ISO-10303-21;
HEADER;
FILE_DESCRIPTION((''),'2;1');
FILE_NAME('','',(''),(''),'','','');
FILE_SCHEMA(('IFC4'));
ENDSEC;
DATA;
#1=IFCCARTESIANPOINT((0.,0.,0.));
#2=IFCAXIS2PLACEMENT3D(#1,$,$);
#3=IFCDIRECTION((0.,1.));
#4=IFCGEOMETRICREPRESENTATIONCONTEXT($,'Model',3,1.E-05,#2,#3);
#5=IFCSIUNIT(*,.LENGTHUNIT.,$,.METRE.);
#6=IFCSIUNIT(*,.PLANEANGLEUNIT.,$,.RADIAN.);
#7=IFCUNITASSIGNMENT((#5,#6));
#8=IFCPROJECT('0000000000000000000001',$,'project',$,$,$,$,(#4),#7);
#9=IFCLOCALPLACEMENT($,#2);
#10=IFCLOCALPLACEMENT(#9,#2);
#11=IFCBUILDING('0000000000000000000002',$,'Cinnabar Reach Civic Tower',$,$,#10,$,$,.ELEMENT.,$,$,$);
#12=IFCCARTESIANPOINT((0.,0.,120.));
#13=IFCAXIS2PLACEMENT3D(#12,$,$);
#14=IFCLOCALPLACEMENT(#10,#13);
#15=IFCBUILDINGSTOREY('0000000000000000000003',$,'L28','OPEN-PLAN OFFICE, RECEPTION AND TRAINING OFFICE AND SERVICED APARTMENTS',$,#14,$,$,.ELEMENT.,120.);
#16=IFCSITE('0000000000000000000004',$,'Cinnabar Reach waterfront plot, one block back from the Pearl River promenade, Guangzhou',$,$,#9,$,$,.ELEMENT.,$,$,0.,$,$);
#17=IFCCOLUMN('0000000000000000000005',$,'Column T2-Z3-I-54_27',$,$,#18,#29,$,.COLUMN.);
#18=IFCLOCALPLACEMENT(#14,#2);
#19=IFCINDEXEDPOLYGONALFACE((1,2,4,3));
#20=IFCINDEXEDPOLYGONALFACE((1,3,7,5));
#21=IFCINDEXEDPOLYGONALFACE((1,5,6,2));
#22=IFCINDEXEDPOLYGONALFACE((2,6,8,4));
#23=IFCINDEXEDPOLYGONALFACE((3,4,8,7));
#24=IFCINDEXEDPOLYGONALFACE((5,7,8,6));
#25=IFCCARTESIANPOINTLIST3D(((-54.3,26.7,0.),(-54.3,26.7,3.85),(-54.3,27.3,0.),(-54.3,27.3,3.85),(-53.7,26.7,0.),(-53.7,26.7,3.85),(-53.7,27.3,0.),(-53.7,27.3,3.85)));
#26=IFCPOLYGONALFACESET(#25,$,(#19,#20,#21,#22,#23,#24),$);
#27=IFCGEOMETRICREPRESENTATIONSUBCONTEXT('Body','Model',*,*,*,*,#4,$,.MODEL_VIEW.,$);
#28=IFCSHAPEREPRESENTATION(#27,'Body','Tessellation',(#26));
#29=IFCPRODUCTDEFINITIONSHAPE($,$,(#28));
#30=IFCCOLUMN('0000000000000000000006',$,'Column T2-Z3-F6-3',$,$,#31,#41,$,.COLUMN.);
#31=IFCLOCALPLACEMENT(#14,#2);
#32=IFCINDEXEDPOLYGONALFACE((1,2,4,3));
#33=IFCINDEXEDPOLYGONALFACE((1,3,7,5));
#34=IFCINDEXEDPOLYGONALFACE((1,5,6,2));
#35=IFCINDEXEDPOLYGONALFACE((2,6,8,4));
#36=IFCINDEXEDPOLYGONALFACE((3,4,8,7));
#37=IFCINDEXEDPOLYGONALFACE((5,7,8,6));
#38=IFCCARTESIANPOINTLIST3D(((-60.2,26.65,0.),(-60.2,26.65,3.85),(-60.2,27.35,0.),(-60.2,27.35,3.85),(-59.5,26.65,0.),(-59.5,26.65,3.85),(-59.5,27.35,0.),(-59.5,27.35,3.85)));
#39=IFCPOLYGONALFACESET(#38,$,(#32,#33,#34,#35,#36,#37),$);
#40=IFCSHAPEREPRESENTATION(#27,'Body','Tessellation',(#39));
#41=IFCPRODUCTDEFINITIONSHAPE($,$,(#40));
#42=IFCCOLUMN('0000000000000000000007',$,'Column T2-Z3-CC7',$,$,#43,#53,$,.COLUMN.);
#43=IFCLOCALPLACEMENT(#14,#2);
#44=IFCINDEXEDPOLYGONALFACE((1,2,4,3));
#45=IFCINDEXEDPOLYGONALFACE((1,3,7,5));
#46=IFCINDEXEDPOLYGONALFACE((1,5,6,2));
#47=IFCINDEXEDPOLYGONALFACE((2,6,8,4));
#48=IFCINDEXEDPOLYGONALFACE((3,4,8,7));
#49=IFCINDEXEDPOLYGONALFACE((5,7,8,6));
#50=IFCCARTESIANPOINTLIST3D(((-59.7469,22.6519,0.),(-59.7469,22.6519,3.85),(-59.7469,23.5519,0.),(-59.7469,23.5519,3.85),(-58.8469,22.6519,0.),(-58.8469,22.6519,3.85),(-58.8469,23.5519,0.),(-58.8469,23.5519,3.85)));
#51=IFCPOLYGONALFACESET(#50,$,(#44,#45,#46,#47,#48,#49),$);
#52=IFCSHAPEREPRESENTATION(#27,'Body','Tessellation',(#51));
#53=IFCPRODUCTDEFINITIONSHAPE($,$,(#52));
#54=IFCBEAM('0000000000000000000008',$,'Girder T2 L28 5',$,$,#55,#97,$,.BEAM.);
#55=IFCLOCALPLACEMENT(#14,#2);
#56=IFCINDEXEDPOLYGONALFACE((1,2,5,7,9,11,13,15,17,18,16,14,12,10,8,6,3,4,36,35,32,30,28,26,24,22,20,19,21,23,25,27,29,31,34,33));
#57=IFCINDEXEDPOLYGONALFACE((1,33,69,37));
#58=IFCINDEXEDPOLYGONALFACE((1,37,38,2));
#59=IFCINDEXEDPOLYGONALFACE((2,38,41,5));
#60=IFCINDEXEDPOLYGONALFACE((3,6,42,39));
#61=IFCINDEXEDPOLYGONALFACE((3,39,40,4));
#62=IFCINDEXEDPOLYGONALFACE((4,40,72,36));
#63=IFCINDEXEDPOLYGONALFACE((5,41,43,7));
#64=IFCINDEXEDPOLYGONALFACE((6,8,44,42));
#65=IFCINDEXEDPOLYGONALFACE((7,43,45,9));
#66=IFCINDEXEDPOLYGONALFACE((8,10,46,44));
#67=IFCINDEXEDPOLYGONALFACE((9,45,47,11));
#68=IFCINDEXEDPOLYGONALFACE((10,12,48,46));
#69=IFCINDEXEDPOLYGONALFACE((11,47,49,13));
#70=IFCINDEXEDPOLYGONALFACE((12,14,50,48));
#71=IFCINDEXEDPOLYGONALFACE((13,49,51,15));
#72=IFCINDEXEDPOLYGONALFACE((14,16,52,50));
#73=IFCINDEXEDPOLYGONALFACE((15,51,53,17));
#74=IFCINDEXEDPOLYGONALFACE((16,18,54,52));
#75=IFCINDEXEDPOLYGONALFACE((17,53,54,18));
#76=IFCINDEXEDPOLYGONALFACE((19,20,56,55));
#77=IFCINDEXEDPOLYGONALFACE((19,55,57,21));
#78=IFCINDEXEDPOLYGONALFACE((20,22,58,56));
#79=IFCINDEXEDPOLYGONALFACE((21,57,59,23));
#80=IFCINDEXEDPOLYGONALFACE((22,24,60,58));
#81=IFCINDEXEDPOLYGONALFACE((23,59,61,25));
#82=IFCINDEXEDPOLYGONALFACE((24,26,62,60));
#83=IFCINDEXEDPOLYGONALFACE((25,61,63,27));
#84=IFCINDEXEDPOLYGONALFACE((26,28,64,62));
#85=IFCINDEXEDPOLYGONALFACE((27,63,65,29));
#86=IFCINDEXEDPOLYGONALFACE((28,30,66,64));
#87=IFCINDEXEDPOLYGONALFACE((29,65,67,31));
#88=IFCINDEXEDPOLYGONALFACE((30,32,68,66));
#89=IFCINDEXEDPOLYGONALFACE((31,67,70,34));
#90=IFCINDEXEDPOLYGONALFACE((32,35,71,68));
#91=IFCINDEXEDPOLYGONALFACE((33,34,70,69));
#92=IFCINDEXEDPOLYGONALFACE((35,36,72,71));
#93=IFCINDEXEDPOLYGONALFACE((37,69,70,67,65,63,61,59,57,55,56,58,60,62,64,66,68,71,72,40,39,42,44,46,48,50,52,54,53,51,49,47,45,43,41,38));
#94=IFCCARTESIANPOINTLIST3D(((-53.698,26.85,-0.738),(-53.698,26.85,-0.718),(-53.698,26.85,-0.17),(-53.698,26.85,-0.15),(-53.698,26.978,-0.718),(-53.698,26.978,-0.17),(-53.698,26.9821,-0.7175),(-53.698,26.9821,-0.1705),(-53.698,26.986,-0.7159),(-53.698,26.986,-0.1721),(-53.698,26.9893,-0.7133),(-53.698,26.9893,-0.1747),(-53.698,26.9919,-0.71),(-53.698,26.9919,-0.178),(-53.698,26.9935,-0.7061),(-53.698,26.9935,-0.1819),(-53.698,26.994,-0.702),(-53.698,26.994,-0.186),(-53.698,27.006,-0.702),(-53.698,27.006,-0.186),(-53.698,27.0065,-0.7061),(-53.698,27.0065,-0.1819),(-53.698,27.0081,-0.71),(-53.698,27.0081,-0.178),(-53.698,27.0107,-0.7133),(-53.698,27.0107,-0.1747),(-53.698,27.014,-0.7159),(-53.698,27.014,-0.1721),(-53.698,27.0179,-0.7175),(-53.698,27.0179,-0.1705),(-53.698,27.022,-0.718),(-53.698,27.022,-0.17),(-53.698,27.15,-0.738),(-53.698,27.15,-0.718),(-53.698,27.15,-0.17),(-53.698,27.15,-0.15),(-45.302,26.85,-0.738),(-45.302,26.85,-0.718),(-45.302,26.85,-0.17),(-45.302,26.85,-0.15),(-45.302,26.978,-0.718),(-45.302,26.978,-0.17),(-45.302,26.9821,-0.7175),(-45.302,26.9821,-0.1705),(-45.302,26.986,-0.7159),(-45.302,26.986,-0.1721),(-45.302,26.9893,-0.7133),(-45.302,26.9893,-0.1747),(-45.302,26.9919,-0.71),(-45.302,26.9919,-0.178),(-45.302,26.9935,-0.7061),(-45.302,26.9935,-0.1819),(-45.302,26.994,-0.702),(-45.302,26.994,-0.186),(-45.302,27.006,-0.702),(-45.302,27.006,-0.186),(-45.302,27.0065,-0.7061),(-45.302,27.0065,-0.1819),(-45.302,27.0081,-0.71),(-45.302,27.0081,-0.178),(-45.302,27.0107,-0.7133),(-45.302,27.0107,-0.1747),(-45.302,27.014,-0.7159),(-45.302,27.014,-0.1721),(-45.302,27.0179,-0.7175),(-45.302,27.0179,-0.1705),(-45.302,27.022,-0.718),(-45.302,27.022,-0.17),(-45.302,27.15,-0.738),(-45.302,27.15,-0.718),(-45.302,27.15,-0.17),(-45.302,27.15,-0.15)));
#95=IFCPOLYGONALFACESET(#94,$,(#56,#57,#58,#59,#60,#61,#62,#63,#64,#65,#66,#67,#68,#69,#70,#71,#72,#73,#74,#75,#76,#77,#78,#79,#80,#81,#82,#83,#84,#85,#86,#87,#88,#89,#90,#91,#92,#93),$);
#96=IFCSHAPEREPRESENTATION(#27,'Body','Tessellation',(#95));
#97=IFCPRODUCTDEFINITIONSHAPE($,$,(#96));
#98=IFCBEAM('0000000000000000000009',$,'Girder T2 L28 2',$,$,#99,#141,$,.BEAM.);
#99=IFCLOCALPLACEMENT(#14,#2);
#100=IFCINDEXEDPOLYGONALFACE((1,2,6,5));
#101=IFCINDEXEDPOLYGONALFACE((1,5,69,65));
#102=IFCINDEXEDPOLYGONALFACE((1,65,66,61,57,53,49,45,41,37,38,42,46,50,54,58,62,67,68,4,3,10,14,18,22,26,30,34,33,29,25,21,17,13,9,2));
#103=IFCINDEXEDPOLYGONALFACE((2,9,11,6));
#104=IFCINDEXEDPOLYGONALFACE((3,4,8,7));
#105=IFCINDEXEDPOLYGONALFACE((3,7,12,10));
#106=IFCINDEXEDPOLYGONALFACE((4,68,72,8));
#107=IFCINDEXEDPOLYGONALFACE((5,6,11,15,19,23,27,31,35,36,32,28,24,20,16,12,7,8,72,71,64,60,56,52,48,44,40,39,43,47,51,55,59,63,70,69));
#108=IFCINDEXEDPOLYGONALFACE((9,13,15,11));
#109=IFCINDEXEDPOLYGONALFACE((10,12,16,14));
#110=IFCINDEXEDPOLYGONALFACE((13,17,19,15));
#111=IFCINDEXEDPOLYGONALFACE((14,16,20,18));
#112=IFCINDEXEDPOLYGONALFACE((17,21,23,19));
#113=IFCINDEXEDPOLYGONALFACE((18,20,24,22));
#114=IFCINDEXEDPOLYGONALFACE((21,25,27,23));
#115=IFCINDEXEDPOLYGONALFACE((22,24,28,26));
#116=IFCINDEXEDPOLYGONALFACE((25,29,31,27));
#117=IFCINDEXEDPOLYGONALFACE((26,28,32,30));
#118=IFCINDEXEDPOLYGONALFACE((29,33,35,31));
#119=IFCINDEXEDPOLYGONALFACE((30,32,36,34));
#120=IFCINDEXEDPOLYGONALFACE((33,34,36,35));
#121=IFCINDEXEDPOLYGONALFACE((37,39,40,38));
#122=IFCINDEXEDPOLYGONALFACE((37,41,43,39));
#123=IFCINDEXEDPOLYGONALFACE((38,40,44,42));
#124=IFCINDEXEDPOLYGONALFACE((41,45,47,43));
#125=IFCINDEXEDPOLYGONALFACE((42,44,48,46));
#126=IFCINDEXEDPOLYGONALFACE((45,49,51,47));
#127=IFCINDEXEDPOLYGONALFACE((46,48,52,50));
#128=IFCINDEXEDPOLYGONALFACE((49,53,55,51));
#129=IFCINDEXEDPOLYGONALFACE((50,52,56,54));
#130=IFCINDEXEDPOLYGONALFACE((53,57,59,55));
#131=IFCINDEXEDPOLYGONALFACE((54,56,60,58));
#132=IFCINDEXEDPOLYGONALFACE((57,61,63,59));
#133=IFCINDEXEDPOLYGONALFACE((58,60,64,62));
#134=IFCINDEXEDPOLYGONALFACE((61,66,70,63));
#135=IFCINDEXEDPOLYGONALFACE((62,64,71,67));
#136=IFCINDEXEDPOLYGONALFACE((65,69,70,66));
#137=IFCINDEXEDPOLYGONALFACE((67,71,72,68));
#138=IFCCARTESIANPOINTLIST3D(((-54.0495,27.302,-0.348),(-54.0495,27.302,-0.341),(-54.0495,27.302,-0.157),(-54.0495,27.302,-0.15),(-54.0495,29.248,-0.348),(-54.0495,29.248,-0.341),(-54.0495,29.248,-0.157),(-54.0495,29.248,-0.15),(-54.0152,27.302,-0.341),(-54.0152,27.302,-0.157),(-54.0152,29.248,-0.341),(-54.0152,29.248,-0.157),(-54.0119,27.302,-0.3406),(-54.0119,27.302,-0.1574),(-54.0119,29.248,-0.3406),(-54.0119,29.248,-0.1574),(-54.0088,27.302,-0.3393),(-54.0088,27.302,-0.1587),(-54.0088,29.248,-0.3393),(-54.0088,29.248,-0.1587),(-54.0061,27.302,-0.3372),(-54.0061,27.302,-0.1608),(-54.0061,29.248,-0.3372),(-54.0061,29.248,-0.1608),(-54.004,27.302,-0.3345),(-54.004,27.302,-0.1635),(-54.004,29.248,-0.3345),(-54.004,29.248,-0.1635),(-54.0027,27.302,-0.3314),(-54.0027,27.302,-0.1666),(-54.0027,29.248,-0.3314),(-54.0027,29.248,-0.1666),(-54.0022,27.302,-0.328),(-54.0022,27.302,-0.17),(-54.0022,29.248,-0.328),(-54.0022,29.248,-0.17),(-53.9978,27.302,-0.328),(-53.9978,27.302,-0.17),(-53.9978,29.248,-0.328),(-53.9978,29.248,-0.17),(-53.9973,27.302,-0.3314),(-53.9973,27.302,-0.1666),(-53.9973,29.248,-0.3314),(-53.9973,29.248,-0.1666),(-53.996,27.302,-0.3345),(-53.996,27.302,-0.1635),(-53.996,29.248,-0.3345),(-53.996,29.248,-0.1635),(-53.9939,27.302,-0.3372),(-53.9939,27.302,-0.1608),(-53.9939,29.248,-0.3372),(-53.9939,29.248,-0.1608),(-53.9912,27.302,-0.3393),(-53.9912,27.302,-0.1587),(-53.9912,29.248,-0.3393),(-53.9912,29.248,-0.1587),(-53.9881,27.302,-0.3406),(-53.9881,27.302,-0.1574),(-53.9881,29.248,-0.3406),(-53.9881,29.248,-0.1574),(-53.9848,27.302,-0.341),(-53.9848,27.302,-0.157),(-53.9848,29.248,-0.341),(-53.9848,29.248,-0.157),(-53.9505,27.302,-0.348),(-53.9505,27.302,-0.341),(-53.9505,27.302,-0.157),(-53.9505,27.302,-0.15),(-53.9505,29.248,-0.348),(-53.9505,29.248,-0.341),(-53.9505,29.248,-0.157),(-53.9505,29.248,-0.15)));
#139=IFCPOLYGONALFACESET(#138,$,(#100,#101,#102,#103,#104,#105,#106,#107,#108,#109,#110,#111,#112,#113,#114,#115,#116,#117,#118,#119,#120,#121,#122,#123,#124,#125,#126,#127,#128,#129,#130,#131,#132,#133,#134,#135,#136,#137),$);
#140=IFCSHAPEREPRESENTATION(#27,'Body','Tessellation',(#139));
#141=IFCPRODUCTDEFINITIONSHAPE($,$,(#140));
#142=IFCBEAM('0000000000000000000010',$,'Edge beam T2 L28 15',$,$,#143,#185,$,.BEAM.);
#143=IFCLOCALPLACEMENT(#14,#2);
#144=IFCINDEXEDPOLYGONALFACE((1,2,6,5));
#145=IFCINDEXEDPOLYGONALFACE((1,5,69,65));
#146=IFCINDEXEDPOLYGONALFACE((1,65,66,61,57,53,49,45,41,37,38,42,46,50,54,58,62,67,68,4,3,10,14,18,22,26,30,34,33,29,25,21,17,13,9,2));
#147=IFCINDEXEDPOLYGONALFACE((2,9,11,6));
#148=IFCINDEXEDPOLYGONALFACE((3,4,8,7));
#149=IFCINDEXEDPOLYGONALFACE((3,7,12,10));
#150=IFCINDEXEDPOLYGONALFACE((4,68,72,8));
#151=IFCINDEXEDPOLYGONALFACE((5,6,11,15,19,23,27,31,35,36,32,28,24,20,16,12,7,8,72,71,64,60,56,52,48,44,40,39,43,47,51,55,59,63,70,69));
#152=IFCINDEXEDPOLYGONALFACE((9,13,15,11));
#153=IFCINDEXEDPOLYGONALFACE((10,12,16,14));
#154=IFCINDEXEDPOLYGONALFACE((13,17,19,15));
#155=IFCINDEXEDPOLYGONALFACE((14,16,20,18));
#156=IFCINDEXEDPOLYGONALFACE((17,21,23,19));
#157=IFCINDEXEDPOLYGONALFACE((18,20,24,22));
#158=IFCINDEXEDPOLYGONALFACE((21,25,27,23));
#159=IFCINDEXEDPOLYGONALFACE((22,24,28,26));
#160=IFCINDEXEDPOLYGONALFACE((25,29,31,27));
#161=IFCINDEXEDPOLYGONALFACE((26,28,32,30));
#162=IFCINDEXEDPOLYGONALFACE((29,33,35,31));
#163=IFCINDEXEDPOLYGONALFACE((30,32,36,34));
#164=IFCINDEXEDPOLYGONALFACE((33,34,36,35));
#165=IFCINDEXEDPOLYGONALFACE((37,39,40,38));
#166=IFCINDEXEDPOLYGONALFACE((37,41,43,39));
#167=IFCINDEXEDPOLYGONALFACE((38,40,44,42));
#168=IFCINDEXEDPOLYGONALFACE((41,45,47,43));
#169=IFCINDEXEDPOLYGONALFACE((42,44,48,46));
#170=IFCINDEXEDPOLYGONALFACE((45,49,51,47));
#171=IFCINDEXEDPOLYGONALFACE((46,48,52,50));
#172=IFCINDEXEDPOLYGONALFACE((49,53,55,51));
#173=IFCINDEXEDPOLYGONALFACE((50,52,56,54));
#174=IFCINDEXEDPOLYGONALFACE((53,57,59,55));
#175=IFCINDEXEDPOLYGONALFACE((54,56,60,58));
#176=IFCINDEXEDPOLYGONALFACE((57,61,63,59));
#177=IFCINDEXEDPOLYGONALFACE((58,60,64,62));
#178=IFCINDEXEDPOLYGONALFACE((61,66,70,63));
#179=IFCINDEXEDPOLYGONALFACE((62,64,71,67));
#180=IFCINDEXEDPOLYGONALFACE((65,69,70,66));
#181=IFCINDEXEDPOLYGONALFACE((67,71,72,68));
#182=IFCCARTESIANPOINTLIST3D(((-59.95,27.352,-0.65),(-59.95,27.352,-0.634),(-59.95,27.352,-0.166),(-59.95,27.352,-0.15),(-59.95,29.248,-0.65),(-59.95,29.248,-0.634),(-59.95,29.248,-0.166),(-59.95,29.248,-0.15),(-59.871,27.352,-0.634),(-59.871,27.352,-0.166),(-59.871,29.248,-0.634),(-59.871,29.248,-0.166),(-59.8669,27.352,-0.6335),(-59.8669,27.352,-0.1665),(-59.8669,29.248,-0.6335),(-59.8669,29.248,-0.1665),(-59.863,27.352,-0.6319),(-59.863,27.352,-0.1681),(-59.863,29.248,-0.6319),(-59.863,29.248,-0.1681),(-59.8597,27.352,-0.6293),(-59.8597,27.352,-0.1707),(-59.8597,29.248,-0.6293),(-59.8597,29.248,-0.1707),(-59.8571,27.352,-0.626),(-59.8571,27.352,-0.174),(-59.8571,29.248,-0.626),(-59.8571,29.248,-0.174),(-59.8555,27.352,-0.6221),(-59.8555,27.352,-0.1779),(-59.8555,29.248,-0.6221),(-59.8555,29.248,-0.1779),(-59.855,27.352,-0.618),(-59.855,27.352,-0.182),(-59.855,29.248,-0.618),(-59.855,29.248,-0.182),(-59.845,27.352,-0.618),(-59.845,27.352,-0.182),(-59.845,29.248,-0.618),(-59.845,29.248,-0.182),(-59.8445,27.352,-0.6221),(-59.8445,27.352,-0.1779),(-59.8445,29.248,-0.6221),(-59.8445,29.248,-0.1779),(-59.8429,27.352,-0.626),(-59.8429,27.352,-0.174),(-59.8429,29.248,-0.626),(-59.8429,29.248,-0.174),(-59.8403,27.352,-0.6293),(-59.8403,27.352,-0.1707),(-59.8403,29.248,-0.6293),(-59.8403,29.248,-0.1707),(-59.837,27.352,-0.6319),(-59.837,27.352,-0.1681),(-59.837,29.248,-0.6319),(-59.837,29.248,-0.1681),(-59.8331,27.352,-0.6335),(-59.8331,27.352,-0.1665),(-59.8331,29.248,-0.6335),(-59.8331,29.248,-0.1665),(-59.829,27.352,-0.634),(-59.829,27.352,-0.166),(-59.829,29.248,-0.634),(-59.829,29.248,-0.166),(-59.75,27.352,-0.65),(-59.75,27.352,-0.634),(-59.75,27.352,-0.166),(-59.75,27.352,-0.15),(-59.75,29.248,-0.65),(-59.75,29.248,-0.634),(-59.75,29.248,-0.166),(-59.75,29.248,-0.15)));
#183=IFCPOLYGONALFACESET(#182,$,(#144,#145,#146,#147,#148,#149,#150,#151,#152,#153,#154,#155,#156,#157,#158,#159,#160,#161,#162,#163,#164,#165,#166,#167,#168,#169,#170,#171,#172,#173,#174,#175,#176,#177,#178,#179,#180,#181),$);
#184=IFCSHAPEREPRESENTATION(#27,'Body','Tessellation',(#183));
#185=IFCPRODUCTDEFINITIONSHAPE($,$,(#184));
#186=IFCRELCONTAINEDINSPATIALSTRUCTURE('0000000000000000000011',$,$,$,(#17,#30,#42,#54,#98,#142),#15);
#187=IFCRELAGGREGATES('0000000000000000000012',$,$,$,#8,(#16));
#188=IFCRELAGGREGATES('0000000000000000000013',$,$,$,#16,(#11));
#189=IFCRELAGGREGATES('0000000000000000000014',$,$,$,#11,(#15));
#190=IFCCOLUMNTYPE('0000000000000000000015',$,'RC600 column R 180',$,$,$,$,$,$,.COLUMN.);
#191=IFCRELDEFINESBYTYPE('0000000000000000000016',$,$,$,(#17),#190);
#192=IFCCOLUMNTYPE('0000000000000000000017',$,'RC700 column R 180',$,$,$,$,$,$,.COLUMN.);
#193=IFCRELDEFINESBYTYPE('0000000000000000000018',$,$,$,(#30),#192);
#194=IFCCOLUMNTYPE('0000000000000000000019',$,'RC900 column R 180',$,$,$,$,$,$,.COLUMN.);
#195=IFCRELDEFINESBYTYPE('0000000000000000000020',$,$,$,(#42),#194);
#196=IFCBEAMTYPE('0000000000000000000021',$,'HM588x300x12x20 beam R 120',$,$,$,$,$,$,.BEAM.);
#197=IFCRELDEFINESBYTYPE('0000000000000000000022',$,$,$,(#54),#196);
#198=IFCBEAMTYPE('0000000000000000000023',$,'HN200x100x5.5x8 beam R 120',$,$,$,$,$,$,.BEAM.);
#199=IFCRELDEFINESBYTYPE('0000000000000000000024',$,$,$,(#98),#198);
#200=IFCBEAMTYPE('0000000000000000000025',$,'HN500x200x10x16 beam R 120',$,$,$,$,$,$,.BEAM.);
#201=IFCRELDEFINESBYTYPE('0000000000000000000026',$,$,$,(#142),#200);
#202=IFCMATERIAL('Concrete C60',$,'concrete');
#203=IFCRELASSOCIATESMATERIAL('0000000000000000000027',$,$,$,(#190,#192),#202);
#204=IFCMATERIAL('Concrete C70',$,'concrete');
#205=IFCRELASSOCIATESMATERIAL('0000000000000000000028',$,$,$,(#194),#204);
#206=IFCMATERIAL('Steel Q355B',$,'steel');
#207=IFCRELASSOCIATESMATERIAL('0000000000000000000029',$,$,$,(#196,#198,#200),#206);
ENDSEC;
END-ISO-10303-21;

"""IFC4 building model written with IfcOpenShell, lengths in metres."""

from ifc_helpers import new_model, si_unit, direction, frame, origin, origin_2d, place, context, subcontext, project, spatial, rectangle, i_section, extrude, material, material_profile, profile_set, type_object, element, save


model = new_model("IFC4")

# Units and contexts
model_context = context("Model", 3, precision=1e-05, world=origin(), true_north=direction((0.0, 1.0)))
body_context = subcontext(model_context, "Body", "Model", "MODEL_VIEW")
ifc_project = project(units=[si_unit("LENGTHUNIT", "METRE"), si_unit("PLANEANGLEUNIT", "RADIAN")], contexts=[model_context])

# Site, building, storey
site_placement = place(None, origin())
site = spatial("IfcSite", under=ifc_project, at=site_placement, Name="Cinnabar Reach waterfront plot, one block back from the Pearl River promenade, Guangzhou", CompositionType="ELEMENT", RefElevation=0.0)
building_placement = place(site_placement, origin())
building = spatial("IfcBuilding", under=site, at=building_placement, Name="Cinnabar Reach Civic Tower", CompositionType="ELEMENT")
storey_placement = place(building_placement, frame((0.0, 0.0, 120.0)))
storey = spatial("IfcBuildingStorey", under=building, at=storey_placement, Name="L28", Description="OPEN-PLAN OFFICE, RECEPTION AND TRAINING OFFICE AND SERVICED APARTMENTS", CompositionType="ELEMENT", Elevation=120.0)

# Columns
ifc_material_1 = material(Name="Concrete C60", Category="concrete")
ifc_material_profile_1 = material_profile(ifc_material_1, rectangle(XDim=0.6, YDim=0.6, at=origin_2d()), Name="RC600")
ifc_profile_set_1 = profile_set([ifc_material_profile_1], Name="Concrete C60")
column_type_1 = type_object("IfcColumnType", Name="RC600 column R 180", PredefinedType="COLUMN", material=ifc_profile_set_1)
column_1_placement = place(storey_placement, frame((-54.0, 27.0, 0.0), z_axis=(0.0, 0.0, 1.0), x_axis=(1.0, 0.0, 0.0)))
element("IfcColumn", 1, at=column_1_placement, inside=storey, type_object=column_type_1, Name="Column T2-Z3-I-54_27", PredefinedType="COLUMN", context=body_context, shape_type="SweptSolid", body=[
    extrude(rectangle(XDim=0.6, YDim=0.6, at=origin_2d()), origin(), (0.0, 0.0, 1.0), 3.85),
])
ifc_material_profile_2 = material_profile(ifc_material_1, rectangle(XDim=0.7, YDim=0.7, at=origin_2d()), Name="RC700")
ifc_profile_set_2 = profile_set([ifc_material_profile_2], Name="Concrete C60")
column_type_2 = type_object("IfcColumnType", Name="RC700 column R 180", PredefinedType="COLUMN", material=ifc_profile_set_2)
column_2_placement = place(storey_placement, frame((-59.85, 27.0, 0.0), z_axis=(0.0, 0.0, 1.0), x_axis=(1.0, 0.0, 0.0)))
element("IfcColumn", 2, at=column_2_placement, inside=storey, type_object=column_type_2, Name="Column T2-Z3-F6-3", PredefinedType="COLUMN", context=body_context, shape_type="SweptSolid", body=[
    extrude(rectangle(XDim=0.7, YDim=0.7, at=origin_2d()), origin(), (0.0, 0.0, 1.0), 3.85),
])
ifc_material_2 = material(Name="Concrete C70", Category="concrete")
ifc_material_profile_3 = material_profile(ifc_material_2, rectangle(XDim=0.9, YDim=0.9, at=origin_2d()), Name="RC900")
ifc_profile_set_3 = profile_set([ifc_material_profile_3], Name="Concrete C70")
column_type_3 = type_object("IfcColumnType", Name="RC900 column R 180", PredefinedType="COLUMN", material=ifc_profile_set_3)
column_3_placement = place(storey_placement, frame((-59.2969, 23.1019, 0.0), z_axis=(0.0, 0.0, 1.0), x_axis=(1.0, 0.0, 0.0)))
element("IfcColumn", 3, at=column_3_placement, inside=storey, type_object=column_type_3, Name="Column T2-Z3-CC7", PredefinedType="COLUMN", context=body_context, shape_type="SweptSolid", body=[
    extrude(rectangle(XDim=0.9, YDim=0.9, at=origin_2d()), origin(), (0.0, 0.0, 1.0), 3.85),
])

# Beams
ifc_material_3 = material(Name="Steel Q355B", Category="steel")
ifc_material_profile_4 = material_profile(ifc_material_3, i_section(OverallWidth=0.3, OverallDepth=0.588, WebThickness=0.012, FlangeThickness=0.02, FilletRadius=0.016, at=origin_2d()), Name="HM588x300x12x20")
ifc_profile_set_4 = profile_set([ifc_material_profile_4], Name="Steel Q355B")
beam_type_1 = type_object("IfcBeamType", Name="HM588x300x12x20 beam R 120", PredefinedType="BEAM", material=ifc_profile_set_4)
beam_1_placement = place(storey_placement, frame((-53.698, 27.0, -0.444), z_axis=(1.0, 0.0, 0.0), x_axis=(0.0, 1.0, 0.0)))
element("IfcBeam", 4, at=beam_1_placement, inside=storey, type_object=beam_type_1, Name="Girder T2 L28 5", PredefinedType="BEAM", context=body_context, shape_type="SweptSolid", body=[
    extrude(i_section(OverallWidth=0.3, OverallDepth=0.588, WebThickness=0.012, FlangeThickness=0.02, FilletRadius=0.016, at=origin_2d()), origin(), (0.0, 0.0, 1.0), 8.396),
])
ifc_material_profile_5 = material_profile(ifc_material_3, i_section(OverallWidth=0.099, OverallDepth=0.198, WebThickness=0.0045, FlangeThickness=0.007, FilletRadius=0.013, at=origin_2d()), Name="HN200x100x5.5x8")
ifc_profile_set_5 = profile_set([ifc_material_profile_5], Name="Steel Q355B")
beam_type_2 = type_object("IfcBeamType", Name="HN200x100x5.5x8 beam R 120", PredefinedType="BEAM", material=ifc_profile_set_5)
beam_2_placement = place(storey_placement, frame((-54.0, 27.302, -0.249), z_axis=(0.0, 1.0, 0.0), x_axis=(-1.0, 0.0, 0.0)))
element("IfcBeam", 5, at=beam_2_placement, inside=storey, type_object=beam_type_2, Name="Girder T2 L28 2", PredefinedType="BEAM", context=body_context, shape_type="SweptSolid", body=[
    extrude(i_section(OverallWidth=0.099, OverallDepth=0.198, WebThickness=0.0045, FlangeThickness=0.007, FilletRadius=0.013, at=origin_2d()), origin(), (0.0, 0.0, 1.0), 1.946),
])
ifc_material_profile_6 = material_profile(ifc_material_3, i_section(OverallWidth=0.2, OverallDepth=0.5, WebThickness=0.01, FlangeThickness=0.016, FilletRadius=0.016, at=origin_2d()), Name="HN500x200x10x16")
ifc_profile_set_6 = profile_set([ifc_material_profile_6], Name="Steel Q355B")
beam_type_3 = type_object("IfcBeamType", Name="HN500x200x10x16 beam R 120", PredefinedType="BEAM", material=ifc_profile_set_6)
beam_3_placement = place(storey_placement, frame((-59.85, 29.248, -0.4), z_axis=(0.0, -1.0, 0.0), x_axis=(1.0, 0.0, 0.0)))
element("IfcBeam", 6, at=beam_3_placement, inside=storey, type_object=beam_type_3, Name="Edge beam T2 L28 15", PredefinedType="BEAM", context=body_context, shape_type="SweptSolid", body=[
    extrude(i_section(OverallWidth=0.2, OverallDepth=0.5, WebThickness=0.01, FlangeThickness=0.016, FilletRadius=0.016, at=origin_2d()), origin(), (0.0, 0.0, 1.0), 1.896),
])

save(model, "model.ifc")
